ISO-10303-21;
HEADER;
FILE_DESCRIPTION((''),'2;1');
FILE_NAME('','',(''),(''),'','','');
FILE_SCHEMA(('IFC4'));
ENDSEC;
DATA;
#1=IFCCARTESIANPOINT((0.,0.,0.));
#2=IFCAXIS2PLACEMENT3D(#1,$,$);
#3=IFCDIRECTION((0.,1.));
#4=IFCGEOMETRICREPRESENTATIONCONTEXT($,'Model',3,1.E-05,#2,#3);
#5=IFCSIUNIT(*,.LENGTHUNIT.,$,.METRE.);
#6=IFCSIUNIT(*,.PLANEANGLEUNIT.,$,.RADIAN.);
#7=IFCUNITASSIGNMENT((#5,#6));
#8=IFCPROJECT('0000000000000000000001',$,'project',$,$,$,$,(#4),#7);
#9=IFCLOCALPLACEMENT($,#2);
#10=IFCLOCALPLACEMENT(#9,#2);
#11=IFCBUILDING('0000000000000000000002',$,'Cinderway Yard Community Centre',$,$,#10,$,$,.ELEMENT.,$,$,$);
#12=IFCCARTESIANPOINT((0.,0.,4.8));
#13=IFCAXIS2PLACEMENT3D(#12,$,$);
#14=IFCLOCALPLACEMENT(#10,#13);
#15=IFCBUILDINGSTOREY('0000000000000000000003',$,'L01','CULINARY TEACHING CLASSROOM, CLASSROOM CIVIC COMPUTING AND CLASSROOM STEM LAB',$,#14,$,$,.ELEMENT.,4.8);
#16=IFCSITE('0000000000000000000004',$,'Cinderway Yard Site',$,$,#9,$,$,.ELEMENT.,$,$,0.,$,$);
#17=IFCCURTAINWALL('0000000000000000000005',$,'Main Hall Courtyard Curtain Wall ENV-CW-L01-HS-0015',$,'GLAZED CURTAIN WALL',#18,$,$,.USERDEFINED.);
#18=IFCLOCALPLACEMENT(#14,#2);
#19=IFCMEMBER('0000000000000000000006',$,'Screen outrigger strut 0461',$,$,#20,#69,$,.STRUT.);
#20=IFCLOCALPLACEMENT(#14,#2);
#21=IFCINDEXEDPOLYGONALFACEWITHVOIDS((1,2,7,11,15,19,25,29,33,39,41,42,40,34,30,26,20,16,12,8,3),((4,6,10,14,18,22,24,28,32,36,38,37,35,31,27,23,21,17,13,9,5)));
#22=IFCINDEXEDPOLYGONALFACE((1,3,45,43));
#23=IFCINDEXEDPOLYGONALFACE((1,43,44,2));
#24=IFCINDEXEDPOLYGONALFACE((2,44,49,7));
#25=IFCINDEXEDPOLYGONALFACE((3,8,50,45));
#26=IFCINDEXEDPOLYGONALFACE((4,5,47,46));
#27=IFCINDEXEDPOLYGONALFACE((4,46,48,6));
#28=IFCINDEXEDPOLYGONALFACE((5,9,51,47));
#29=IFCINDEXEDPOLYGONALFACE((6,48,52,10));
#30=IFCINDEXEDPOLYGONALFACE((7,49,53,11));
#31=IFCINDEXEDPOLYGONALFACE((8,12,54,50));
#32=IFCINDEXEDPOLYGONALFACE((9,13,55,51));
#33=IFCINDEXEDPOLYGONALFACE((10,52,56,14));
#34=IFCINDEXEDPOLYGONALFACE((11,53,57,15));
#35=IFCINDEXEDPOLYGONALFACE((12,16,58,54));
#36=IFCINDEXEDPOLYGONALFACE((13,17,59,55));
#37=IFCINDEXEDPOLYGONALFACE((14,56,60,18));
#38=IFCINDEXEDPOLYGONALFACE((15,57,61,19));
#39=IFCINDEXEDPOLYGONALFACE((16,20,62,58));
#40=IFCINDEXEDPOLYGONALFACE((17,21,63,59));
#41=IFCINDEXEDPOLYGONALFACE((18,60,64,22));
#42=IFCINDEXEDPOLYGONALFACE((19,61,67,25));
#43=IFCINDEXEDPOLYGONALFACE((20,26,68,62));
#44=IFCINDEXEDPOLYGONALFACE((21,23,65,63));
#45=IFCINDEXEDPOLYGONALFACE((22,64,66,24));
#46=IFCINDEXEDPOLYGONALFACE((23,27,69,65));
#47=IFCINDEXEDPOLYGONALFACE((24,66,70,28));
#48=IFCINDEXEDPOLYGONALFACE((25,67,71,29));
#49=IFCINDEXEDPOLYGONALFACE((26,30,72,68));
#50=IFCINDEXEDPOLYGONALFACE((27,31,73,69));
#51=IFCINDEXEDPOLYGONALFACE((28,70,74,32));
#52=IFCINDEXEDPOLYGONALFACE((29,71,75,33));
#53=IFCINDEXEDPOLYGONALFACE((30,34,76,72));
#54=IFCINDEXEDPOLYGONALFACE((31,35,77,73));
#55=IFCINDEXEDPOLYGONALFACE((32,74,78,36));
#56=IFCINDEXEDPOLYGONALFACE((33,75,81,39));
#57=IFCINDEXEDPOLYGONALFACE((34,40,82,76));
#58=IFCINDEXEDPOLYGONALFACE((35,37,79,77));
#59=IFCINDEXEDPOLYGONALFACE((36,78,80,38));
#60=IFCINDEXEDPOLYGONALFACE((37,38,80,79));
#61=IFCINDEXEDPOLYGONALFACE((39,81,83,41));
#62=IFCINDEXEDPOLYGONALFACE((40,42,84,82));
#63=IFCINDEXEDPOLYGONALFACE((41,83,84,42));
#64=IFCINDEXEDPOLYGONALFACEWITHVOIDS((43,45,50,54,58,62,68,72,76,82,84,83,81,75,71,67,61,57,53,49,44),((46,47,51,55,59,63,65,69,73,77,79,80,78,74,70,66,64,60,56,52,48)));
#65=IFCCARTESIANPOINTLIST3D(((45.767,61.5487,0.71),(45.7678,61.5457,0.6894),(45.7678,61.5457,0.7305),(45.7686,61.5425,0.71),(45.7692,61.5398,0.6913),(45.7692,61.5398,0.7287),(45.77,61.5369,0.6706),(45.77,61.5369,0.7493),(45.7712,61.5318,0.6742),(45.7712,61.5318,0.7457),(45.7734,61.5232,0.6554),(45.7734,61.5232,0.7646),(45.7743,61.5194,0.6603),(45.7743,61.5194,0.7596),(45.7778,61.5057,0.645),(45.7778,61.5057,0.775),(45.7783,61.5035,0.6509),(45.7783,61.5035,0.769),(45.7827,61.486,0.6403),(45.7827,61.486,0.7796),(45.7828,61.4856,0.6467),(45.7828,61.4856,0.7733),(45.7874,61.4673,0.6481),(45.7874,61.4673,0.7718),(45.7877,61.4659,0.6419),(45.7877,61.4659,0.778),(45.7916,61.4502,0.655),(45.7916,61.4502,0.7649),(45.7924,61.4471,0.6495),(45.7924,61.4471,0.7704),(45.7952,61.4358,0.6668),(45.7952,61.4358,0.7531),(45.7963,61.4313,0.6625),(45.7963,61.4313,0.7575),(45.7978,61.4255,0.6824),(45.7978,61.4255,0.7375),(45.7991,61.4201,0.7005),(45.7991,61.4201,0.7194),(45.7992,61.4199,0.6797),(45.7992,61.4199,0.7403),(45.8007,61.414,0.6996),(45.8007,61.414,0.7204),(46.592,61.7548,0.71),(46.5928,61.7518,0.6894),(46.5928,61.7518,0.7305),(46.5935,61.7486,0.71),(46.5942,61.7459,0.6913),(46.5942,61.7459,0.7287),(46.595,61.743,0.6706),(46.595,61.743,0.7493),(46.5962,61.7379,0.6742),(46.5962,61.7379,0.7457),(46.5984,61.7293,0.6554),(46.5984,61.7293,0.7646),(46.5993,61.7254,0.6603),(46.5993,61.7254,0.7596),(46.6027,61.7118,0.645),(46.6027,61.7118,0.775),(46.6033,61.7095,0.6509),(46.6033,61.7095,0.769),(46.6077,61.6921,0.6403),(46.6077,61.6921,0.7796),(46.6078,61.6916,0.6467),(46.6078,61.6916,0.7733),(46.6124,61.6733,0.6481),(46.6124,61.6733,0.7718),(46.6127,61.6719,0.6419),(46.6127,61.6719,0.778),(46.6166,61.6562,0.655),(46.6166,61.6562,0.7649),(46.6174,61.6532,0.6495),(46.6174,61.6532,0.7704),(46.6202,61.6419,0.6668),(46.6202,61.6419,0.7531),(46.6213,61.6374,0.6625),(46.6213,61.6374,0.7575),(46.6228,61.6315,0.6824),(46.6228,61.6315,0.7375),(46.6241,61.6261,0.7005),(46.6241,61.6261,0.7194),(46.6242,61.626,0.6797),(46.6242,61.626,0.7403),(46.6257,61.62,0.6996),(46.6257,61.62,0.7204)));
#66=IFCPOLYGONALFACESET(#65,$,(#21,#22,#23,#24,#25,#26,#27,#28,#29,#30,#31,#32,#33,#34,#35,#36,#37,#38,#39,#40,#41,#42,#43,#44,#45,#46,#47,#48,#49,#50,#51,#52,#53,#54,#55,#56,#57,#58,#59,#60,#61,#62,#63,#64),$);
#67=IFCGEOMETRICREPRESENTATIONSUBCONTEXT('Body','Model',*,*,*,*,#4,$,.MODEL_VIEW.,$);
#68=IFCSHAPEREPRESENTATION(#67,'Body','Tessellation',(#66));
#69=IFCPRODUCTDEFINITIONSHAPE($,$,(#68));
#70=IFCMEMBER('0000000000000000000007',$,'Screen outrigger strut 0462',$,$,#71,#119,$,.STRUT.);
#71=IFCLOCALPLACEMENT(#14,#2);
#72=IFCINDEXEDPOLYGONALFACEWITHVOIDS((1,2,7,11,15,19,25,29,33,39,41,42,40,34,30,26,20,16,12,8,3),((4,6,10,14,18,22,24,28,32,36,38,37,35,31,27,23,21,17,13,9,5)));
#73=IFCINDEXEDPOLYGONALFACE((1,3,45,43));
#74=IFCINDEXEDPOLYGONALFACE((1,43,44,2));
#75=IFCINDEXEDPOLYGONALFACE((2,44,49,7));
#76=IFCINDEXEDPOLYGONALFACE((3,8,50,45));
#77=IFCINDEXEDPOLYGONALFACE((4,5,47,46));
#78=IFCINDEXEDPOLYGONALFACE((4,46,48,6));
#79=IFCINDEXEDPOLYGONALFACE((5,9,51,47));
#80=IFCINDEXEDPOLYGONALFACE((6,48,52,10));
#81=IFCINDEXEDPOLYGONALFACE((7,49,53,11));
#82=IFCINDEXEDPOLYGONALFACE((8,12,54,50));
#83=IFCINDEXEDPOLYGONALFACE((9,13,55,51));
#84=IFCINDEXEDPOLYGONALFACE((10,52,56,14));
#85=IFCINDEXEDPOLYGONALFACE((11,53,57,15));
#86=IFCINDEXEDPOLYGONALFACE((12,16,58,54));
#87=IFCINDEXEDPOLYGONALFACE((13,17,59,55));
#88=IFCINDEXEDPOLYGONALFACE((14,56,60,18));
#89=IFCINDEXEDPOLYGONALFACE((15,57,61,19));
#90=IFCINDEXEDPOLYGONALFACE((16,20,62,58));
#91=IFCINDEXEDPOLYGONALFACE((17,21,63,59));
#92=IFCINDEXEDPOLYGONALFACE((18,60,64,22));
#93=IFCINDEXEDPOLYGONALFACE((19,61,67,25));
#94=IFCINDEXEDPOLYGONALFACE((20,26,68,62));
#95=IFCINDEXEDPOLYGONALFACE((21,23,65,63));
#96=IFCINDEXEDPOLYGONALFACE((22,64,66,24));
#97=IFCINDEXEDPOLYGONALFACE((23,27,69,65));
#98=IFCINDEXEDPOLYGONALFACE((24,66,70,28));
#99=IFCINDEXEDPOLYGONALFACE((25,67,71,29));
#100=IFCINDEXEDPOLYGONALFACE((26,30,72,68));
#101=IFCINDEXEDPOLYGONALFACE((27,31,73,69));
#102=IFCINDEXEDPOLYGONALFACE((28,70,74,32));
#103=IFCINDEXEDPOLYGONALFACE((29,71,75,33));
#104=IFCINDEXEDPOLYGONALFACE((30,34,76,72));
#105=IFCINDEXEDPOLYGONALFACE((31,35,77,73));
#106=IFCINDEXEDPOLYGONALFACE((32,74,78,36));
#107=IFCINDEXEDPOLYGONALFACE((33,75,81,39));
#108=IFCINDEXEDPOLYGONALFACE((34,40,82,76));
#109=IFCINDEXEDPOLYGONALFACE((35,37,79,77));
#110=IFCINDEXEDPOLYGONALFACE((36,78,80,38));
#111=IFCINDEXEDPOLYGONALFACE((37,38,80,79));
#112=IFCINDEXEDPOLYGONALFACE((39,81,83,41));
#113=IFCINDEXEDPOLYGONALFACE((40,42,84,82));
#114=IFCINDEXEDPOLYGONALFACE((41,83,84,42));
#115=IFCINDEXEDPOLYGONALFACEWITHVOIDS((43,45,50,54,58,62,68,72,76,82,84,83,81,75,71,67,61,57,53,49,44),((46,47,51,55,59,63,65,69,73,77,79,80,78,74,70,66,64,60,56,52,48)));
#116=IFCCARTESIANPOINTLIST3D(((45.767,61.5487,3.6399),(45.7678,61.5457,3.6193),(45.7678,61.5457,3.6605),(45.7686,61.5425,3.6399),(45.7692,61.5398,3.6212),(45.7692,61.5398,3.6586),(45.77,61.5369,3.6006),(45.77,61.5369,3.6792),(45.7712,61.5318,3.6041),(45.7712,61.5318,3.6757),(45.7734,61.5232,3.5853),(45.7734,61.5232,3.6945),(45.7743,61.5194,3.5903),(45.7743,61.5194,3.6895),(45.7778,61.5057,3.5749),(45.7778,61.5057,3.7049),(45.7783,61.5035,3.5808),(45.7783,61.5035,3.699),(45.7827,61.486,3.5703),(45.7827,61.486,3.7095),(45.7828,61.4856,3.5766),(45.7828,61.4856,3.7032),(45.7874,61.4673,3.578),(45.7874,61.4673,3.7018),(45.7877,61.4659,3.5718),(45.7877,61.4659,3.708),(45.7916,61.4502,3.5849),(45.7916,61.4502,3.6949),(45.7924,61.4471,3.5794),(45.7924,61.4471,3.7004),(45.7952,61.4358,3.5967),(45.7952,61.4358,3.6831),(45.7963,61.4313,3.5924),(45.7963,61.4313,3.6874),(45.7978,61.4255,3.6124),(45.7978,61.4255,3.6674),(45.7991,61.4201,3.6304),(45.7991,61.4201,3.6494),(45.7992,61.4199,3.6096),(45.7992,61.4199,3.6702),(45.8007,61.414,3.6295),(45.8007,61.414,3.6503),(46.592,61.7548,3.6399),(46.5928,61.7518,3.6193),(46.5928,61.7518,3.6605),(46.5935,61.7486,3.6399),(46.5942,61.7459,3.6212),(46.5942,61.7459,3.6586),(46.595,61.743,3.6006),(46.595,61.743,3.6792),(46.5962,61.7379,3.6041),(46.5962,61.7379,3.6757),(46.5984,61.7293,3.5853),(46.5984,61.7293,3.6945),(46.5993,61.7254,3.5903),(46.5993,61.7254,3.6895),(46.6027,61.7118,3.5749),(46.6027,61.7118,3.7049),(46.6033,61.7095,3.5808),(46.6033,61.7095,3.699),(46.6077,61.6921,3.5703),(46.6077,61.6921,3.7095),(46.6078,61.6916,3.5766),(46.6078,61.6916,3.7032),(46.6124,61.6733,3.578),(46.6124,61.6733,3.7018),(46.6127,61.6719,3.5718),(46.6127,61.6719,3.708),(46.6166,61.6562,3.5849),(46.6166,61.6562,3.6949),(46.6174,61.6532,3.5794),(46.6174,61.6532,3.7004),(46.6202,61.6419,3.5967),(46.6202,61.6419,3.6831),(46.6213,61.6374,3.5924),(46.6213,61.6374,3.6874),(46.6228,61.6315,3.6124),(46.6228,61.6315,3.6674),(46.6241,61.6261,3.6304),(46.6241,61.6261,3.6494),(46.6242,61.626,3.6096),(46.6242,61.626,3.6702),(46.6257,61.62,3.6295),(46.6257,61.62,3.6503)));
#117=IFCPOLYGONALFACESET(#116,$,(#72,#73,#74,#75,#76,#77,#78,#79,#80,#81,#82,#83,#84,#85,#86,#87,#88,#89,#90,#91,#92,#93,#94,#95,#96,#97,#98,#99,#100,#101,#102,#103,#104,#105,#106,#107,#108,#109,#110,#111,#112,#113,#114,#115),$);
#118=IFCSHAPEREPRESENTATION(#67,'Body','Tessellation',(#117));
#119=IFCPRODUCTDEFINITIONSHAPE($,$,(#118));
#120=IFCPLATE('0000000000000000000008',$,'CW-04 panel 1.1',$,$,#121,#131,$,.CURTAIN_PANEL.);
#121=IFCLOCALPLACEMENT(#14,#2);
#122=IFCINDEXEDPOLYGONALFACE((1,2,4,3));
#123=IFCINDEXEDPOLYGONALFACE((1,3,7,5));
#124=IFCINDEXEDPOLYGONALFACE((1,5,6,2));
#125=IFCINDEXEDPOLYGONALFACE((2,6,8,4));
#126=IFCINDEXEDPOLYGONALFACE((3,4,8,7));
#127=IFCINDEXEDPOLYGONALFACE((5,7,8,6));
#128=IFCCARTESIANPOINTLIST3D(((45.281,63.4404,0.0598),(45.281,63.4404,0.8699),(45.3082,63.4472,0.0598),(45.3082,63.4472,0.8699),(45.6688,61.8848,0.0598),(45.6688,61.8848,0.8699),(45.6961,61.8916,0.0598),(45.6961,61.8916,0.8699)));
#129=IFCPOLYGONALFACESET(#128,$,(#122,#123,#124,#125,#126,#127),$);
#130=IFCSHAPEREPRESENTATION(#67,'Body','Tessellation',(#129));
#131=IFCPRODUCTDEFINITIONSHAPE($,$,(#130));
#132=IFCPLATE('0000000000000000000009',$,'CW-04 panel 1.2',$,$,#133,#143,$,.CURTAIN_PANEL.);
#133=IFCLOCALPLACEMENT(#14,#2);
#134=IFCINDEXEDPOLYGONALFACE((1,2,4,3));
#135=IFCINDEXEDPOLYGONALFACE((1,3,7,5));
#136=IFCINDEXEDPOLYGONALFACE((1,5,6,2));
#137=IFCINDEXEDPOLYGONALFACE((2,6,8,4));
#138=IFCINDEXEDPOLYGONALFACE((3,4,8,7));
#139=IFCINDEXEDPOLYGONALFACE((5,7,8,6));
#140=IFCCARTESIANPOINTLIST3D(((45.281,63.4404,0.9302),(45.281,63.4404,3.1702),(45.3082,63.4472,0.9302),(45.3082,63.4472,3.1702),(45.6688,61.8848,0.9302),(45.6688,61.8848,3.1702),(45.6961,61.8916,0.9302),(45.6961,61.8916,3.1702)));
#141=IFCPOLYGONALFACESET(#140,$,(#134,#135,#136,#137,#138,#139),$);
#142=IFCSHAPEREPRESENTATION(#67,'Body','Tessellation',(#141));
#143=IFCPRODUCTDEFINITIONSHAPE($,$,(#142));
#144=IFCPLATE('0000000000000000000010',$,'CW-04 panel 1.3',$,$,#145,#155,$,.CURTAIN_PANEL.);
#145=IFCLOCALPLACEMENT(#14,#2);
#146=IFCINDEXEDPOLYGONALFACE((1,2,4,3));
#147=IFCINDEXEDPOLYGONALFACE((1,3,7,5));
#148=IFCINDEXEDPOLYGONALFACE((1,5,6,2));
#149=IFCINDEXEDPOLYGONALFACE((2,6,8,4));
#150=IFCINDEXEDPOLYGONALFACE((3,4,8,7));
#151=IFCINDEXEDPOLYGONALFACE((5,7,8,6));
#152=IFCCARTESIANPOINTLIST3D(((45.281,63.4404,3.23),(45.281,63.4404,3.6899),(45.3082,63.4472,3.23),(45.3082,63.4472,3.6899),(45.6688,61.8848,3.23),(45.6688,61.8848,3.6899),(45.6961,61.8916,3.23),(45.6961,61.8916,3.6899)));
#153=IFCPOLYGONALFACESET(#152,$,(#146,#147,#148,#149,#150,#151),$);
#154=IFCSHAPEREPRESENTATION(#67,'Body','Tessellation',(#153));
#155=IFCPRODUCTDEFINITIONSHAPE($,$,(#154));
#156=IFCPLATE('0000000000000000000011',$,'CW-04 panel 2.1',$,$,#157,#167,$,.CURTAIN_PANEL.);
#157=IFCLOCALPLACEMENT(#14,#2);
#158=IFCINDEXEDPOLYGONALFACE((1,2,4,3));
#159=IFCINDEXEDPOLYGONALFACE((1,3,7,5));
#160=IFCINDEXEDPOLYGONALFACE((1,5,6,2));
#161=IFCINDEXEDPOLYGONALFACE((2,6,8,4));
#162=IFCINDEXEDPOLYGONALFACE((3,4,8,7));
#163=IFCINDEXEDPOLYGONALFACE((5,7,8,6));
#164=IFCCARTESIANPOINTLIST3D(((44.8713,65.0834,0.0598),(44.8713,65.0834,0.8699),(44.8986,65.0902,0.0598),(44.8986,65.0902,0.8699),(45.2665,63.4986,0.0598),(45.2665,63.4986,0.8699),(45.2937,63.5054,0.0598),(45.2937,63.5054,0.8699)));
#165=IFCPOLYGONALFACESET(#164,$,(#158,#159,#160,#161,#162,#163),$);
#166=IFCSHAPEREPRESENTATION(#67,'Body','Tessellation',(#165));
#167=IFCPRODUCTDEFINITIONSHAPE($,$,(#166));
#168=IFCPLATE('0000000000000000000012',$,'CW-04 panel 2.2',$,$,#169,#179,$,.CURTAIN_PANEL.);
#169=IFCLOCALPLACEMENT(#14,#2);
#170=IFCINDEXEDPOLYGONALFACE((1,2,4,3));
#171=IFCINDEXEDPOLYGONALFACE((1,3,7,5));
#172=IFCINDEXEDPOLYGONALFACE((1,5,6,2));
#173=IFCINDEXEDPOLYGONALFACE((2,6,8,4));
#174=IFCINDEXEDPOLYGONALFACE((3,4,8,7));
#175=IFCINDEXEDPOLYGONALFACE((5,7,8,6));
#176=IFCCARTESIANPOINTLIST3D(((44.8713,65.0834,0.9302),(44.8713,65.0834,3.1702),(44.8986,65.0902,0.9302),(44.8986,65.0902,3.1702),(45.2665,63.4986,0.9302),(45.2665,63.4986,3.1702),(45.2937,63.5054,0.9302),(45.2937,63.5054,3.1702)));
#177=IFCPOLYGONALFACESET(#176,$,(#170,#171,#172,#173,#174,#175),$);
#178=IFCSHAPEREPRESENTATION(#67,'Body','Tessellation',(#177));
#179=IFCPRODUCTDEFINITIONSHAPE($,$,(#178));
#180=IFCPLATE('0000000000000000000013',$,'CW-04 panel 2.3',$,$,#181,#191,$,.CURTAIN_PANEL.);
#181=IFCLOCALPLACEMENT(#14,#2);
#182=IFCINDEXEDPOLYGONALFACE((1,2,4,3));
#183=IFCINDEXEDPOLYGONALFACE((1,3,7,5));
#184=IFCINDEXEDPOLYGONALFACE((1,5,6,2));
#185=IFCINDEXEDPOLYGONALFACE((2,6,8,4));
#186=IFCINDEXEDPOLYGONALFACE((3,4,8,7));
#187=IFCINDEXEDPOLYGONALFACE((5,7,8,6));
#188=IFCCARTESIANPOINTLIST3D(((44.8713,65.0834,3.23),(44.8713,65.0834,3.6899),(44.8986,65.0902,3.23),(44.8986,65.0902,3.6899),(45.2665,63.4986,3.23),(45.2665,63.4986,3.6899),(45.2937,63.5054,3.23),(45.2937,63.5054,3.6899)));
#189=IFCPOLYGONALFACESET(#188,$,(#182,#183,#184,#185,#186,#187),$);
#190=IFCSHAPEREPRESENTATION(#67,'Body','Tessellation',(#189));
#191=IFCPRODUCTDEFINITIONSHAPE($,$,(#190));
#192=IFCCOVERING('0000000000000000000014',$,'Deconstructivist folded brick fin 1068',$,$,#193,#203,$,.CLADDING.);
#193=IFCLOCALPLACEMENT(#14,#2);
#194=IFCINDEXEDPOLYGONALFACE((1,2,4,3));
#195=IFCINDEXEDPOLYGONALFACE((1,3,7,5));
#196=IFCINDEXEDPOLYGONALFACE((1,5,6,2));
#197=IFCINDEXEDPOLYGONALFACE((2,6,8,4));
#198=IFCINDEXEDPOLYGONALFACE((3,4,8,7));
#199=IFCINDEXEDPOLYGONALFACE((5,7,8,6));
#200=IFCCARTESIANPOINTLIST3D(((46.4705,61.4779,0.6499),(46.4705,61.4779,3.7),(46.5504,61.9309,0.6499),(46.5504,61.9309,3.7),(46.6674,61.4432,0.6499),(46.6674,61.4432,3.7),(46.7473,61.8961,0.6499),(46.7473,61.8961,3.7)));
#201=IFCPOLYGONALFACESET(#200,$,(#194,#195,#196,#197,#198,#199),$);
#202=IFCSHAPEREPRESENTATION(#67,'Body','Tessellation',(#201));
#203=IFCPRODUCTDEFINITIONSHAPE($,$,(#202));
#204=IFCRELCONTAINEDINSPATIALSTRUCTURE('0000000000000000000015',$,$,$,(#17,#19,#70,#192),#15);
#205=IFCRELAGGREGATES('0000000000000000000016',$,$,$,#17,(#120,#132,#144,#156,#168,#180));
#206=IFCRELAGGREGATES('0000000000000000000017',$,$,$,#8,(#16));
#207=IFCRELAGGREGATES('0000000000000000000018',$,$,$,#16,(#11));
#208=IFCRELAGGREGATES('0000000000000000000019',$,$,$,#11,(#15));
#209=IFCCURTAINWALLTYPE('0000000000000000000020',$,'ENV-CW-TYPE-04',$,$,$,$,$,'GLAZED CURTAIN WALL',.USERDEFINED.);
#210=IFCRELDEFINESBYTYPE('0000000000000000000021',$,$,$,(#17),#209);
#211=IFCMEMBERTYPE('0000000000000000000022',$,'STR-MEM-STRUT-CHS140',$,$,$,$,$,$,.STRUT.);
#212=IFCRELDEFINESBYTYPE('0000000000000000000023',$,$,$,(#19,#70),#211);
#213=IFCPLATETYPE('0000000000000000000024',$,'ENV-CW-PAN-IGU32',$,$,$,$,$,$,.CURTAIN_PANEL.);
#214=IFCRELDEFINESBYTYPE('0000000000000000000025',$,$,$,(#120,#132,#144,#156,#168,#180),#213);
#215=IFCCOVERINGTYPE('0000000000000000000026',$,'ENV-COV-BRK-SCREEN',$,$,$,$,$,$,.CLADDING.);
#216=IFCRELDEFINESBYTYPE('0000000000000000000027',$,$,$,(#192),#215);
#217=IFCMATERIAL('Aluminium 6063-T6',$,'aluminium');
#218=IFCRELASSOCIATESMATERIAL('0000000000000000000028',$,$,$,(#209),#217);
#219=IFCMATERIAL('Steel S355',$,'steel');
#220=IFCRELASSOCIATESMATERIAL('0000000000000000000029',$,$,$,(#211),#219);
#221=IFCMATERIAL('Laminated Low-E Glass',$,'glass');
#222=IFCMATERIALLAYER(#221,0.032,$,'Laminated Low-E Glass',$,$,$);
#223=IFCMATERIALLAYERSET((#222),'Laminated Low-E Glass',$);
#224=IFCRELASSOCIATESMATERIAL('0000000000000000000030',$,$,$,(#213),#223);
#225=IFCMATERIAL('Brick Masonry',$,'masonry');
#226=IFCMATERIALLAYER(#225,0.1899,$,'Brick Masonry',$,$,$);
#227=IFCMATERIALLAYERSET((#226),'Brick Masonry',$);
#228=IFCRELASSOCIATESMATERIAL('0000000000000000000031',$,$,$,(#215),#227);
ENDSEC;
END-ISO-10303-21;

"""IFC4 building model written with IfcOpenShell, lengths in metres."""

from ifc_helpers import new_model, si_unit, direction, frame, origin, origin_2d, place, context, subcontext, project, spatial, rectangle, hollow_circle, extrude, material, layer, layer_set, material_profile, profile_set, type_object, element, aggregate, save


model = new_model("IFC4")

# Units and contexts
model_context = context("Model", 3, precision=1e-05, world=origin(), true_north=direction((0.0, 1.0)))
body_context = subcontext(model_context, "Body", "Model", "MODEL_VIEW")
ifc_project = project(units=[si_unit("LENGTHUNIT", "METRE"), si_unit("PLANEANGLEUNIT", "RADIAN")], contexts=[model_context])

# Site, building, storey
site_placement = place(None, origin())
site = spatial("IfcSite", under=ifc_project, at=site_placement, Name="Cinderway Yard Site", CompositionType="ELEMENT", RefElevation=0.0)
building_placement = place(site_placement, origin())
building = spatial("IfcBuilding", under=site, at=building_placement, Name="Cinderway Yard Community Centre", CompositionType="ELEMENT")
storey_placement = place(building_placement, frame((0.0, 0.0, 4.8)))
storey = spatial("IfcBuildingStorey", under=building, at=storey_placement, Name="L01", Description="CULINARY TEACHING CLASSROOM, CLASSROOM CIVIC COMPUTING AND CLASSROOM STEM LAB", CompositionType="ELEMENT", Elevation=4.8)

# Shared definitions
ifc_material_1 = material(Name="Aluminium 6063-T6", Category="aluminium")
curtain_wall_type = type_object("IfcCurtainWallType", Name="ENV-CW-TYPE-04", ElementType="GLAZED CURTAIN WALL", PredefinedType="USERDEFINED", material=ifc_material_1)

# Curtain wall
curtain_wall_1_placement = place(storey_placement, origin())
curtain_wall_1 = element("IfcCurtainWall", 1, at=curtain_wall_1_placement, inside=storey, type_object=curtain_wall_type, Name="Main Hall Courtyard Curtain Wall ENV-CW-L01-HS-0015", ObjectType="GLAZED CURTAIN WALL", PredefinedType="USERDEFINED")

# Shared definitions
ifc_material_2 = material(Name="Steel S355", Category="steel")

# Members
ifc_material_profile_1 = material_profile(ifc_material_2, hollow_circle(Radius=0.0698, WallThickness=0.0063, at=origin_2d()), Name="Steel S355")
ifc_profile_set_1 = profile_set([ifc_material_profile_1], Name="Steel S355")
member_type_1 = type_object("IfcMemberType", Name="STR-MEM-STRUT-CHS140", PredefinedType="STRUT", material=ifc_profile_set_1)
for number, where, z_axis, x_axis, name in (
    (2, (45.7839, 61.481, 0.71), (0.970193, 0.242333, 0.0), (-0.242333, 0.970193, 0.0), "Screen outrigger strut 0461"),
    (3, (45.7839, 61.481, 3.6399), (0.970193, 0.242333, 0.0), (-0.242333, 0.970193, 0.0), "Screen outrigger strut 0462"),
):
    element("IfcMember", number, at=place(storey_placement, frame(where, z_axis=z_axis, x_axis=x_axis)), inside=storey, type_object=member_type_1, Name=name, PredefinedType="STRUT", context=body_context, shape_type="SweptSolid", body=[
        extrude(hollow_circle(Radius=0.0698, WallThickness=0.0063, at=origin_2d()), origin(), (0.0, 0.0, 1.0), 0.8503),
    ])

# Plates
ifc_material_3 = material(Name="Laminated Low-E Glass", Category="glass")
ifc_layer_1 = layer(ifc_material_3, 0.032, Name="Laminated Low-E Glass")
ifc_layer_set_1 = layer_set([ifc_layer_1], Name="Laminated Low-E Glass")
plate_type = type_object("IfcPlateType", Name="ENV-CW-PAN-IGU32", PredefinedType="CURTAIN_PANEL", material=ifc_layer_set_1)
plate_1_placement = place(storey_placement, frame((45.4885, 62.666, 0.0598), z_axis=(0.0, 0.0, 1.0), x_axis=(-0.241933, 0.970293, 0.0)))
plate_1 = element("IfcPlate", 4, at=plate_1_placement, type_object=plate_type, Name="CW-04 panel 1.1", PredefinedType="CURTAIN_PANEL", context=body_context, shape_type="SweptSolid", body=[
    extrude(rectangle(XDim=1.6033, YDim=0.0281, at=origin_2d()), origin(), (0.0, 0.0, 1.0), 0.8101),
])
plate_2_placement = place(storey_placement, frame((45.4885, 62.666, 0.9302), z_axis=(0.0, 0.0, 1.0), x_axis=(-0.241933, 0.970293, 0.0)))
plate_2 = element("IfcPlate", 5, at=plate_2_placement, type_object=plate_type, Name="CW-04 panel 1.2", PredefinedType="CURTAIN_PANEL", context=body_context, shape_type="SweptSolid", body=[
    extrude(rectangle(XDim=1.6033, YDim=0.0281, at=origin_2d()), origin(), (0.0, 0.0, 1.0), 2.24),
])
plate_3_placement = place(storey_placement, frame((45.4885, 62.666, 3.23), z_axis=(0.0, 0.0, 1.0), x_axis=(-0.241933, 0.970293, 0.0)))
plate_3 = element("IfcPlate", 6, at=plate_3_placement, type_object=plate_type, Name="CW-04 panel 1.3", PredefinedType="CURTAIN_PANEL", context=body_context, shape_type="SweptSolid", body=[
    extrude(rectangle(XDim=1.6033, YDim=0.0281, at=origin_2d()), origin(), (0.0, 0.0, 1.0), 0.46),
])
plate_4_placement = place(storey_placement, frame((45.0825, 64.2944, 0.0598), z_axis=(0.0, 0.0, 1.0), x_axis=(-0.241933, 0.970293, 0.0)))
plate_4 = element("IfcPlate", 7, at=plate_4_placement, type_object=plate_type, Name="CW-04 panel 2.1", PredefinedType="CURTAIN_PANEL", context=body_context, shape_type="SweptSolid", body=[
    extrude(rectangle(XDim=1.6333, YDim=0.0281, at=origin_2d()), origin(), (0.0, 0.0, 1.0), 0.8101),
])
plate_5_placement = place(storey_placement, frame((45.0825, 64.2944, 0.9302), z_axis=(0.0, 0.0, 1.0), x_axis=(-0.241933, 0.970293, 0.0)))
plate_5 = element("IfcPlate", 8, at=plate_5_placement, type_object=plate_type, Name="CW-04 panel 2.2", PredefinedType="CURTAIN_PANEL", context=body_context, shape_type="SweptSolid", body=[
    extrude(rectangle(XDim=1.6333, YDim=0.0281, at=origin_2d()), origin(), (0.0, 0.0, 1.0), 2.24),
])
plate_6_placement = place(storey_placement, frame((45.0825, 64.2944, 3.23), z_axis=(0.0, 0.0, 1.0), x_axis=(-0.241933, 0.970293, 0.0)))
plate_6 = element("IfcPlate", 9, at=plate_6_placement, type_object=plate_type, Name="CW-04 panel 2.3", PredefinedType="CURTAIN_PANEL", context=body_context, shape_type="SweptSolid", body=[
    extrude(rectangle(XDim=1.6333, YDim=0.0281, at=origin_2d()), origin(), (0.0, 0.0, 1.0), 0.46),
])
aggregate(curtain_wall_1, [plate_1, plate_2, plate_3, plate_4, plate_5, plate_6])

# Covering
ifc_material_4 = material(Name="Brick Masonry", Category="masonry")
ifc_layer_2 = layer(ifc_material_4, 0.1899, Name="Brick Masonry")
ifc_layer_set_2 = layer_set([ifc_layer_2], Name="Brick Masonry")
covering_type = type_object("IfcCoveringType", Name="ENV-COV-BRK-SCREEN", PredefinedType="CLADDING", material=ifc_layer_set_2)
covering_placement = place(storey_placement, frame((46.6089, 61.687, 0.6499), z_axis=(0.0, 0.0, 1.0), x_axis=(-0.173648, -0.984808, 0.0)))
element("IfcCovering", 10, at=covering_placement, inside=storey, type_object=covering_type, Name="Deconstructivist folded brick fin 1068", PredefinedType="CLADDING", context=body_context, shape_type="SweptSolid", body=[
    extrude(rectangle(XDim=0.46, YDim=0.2, at=origin_2d()), origin(), (0.0, 0.0, 1.0), 3.05),
])

save(model, "model.ifc")
